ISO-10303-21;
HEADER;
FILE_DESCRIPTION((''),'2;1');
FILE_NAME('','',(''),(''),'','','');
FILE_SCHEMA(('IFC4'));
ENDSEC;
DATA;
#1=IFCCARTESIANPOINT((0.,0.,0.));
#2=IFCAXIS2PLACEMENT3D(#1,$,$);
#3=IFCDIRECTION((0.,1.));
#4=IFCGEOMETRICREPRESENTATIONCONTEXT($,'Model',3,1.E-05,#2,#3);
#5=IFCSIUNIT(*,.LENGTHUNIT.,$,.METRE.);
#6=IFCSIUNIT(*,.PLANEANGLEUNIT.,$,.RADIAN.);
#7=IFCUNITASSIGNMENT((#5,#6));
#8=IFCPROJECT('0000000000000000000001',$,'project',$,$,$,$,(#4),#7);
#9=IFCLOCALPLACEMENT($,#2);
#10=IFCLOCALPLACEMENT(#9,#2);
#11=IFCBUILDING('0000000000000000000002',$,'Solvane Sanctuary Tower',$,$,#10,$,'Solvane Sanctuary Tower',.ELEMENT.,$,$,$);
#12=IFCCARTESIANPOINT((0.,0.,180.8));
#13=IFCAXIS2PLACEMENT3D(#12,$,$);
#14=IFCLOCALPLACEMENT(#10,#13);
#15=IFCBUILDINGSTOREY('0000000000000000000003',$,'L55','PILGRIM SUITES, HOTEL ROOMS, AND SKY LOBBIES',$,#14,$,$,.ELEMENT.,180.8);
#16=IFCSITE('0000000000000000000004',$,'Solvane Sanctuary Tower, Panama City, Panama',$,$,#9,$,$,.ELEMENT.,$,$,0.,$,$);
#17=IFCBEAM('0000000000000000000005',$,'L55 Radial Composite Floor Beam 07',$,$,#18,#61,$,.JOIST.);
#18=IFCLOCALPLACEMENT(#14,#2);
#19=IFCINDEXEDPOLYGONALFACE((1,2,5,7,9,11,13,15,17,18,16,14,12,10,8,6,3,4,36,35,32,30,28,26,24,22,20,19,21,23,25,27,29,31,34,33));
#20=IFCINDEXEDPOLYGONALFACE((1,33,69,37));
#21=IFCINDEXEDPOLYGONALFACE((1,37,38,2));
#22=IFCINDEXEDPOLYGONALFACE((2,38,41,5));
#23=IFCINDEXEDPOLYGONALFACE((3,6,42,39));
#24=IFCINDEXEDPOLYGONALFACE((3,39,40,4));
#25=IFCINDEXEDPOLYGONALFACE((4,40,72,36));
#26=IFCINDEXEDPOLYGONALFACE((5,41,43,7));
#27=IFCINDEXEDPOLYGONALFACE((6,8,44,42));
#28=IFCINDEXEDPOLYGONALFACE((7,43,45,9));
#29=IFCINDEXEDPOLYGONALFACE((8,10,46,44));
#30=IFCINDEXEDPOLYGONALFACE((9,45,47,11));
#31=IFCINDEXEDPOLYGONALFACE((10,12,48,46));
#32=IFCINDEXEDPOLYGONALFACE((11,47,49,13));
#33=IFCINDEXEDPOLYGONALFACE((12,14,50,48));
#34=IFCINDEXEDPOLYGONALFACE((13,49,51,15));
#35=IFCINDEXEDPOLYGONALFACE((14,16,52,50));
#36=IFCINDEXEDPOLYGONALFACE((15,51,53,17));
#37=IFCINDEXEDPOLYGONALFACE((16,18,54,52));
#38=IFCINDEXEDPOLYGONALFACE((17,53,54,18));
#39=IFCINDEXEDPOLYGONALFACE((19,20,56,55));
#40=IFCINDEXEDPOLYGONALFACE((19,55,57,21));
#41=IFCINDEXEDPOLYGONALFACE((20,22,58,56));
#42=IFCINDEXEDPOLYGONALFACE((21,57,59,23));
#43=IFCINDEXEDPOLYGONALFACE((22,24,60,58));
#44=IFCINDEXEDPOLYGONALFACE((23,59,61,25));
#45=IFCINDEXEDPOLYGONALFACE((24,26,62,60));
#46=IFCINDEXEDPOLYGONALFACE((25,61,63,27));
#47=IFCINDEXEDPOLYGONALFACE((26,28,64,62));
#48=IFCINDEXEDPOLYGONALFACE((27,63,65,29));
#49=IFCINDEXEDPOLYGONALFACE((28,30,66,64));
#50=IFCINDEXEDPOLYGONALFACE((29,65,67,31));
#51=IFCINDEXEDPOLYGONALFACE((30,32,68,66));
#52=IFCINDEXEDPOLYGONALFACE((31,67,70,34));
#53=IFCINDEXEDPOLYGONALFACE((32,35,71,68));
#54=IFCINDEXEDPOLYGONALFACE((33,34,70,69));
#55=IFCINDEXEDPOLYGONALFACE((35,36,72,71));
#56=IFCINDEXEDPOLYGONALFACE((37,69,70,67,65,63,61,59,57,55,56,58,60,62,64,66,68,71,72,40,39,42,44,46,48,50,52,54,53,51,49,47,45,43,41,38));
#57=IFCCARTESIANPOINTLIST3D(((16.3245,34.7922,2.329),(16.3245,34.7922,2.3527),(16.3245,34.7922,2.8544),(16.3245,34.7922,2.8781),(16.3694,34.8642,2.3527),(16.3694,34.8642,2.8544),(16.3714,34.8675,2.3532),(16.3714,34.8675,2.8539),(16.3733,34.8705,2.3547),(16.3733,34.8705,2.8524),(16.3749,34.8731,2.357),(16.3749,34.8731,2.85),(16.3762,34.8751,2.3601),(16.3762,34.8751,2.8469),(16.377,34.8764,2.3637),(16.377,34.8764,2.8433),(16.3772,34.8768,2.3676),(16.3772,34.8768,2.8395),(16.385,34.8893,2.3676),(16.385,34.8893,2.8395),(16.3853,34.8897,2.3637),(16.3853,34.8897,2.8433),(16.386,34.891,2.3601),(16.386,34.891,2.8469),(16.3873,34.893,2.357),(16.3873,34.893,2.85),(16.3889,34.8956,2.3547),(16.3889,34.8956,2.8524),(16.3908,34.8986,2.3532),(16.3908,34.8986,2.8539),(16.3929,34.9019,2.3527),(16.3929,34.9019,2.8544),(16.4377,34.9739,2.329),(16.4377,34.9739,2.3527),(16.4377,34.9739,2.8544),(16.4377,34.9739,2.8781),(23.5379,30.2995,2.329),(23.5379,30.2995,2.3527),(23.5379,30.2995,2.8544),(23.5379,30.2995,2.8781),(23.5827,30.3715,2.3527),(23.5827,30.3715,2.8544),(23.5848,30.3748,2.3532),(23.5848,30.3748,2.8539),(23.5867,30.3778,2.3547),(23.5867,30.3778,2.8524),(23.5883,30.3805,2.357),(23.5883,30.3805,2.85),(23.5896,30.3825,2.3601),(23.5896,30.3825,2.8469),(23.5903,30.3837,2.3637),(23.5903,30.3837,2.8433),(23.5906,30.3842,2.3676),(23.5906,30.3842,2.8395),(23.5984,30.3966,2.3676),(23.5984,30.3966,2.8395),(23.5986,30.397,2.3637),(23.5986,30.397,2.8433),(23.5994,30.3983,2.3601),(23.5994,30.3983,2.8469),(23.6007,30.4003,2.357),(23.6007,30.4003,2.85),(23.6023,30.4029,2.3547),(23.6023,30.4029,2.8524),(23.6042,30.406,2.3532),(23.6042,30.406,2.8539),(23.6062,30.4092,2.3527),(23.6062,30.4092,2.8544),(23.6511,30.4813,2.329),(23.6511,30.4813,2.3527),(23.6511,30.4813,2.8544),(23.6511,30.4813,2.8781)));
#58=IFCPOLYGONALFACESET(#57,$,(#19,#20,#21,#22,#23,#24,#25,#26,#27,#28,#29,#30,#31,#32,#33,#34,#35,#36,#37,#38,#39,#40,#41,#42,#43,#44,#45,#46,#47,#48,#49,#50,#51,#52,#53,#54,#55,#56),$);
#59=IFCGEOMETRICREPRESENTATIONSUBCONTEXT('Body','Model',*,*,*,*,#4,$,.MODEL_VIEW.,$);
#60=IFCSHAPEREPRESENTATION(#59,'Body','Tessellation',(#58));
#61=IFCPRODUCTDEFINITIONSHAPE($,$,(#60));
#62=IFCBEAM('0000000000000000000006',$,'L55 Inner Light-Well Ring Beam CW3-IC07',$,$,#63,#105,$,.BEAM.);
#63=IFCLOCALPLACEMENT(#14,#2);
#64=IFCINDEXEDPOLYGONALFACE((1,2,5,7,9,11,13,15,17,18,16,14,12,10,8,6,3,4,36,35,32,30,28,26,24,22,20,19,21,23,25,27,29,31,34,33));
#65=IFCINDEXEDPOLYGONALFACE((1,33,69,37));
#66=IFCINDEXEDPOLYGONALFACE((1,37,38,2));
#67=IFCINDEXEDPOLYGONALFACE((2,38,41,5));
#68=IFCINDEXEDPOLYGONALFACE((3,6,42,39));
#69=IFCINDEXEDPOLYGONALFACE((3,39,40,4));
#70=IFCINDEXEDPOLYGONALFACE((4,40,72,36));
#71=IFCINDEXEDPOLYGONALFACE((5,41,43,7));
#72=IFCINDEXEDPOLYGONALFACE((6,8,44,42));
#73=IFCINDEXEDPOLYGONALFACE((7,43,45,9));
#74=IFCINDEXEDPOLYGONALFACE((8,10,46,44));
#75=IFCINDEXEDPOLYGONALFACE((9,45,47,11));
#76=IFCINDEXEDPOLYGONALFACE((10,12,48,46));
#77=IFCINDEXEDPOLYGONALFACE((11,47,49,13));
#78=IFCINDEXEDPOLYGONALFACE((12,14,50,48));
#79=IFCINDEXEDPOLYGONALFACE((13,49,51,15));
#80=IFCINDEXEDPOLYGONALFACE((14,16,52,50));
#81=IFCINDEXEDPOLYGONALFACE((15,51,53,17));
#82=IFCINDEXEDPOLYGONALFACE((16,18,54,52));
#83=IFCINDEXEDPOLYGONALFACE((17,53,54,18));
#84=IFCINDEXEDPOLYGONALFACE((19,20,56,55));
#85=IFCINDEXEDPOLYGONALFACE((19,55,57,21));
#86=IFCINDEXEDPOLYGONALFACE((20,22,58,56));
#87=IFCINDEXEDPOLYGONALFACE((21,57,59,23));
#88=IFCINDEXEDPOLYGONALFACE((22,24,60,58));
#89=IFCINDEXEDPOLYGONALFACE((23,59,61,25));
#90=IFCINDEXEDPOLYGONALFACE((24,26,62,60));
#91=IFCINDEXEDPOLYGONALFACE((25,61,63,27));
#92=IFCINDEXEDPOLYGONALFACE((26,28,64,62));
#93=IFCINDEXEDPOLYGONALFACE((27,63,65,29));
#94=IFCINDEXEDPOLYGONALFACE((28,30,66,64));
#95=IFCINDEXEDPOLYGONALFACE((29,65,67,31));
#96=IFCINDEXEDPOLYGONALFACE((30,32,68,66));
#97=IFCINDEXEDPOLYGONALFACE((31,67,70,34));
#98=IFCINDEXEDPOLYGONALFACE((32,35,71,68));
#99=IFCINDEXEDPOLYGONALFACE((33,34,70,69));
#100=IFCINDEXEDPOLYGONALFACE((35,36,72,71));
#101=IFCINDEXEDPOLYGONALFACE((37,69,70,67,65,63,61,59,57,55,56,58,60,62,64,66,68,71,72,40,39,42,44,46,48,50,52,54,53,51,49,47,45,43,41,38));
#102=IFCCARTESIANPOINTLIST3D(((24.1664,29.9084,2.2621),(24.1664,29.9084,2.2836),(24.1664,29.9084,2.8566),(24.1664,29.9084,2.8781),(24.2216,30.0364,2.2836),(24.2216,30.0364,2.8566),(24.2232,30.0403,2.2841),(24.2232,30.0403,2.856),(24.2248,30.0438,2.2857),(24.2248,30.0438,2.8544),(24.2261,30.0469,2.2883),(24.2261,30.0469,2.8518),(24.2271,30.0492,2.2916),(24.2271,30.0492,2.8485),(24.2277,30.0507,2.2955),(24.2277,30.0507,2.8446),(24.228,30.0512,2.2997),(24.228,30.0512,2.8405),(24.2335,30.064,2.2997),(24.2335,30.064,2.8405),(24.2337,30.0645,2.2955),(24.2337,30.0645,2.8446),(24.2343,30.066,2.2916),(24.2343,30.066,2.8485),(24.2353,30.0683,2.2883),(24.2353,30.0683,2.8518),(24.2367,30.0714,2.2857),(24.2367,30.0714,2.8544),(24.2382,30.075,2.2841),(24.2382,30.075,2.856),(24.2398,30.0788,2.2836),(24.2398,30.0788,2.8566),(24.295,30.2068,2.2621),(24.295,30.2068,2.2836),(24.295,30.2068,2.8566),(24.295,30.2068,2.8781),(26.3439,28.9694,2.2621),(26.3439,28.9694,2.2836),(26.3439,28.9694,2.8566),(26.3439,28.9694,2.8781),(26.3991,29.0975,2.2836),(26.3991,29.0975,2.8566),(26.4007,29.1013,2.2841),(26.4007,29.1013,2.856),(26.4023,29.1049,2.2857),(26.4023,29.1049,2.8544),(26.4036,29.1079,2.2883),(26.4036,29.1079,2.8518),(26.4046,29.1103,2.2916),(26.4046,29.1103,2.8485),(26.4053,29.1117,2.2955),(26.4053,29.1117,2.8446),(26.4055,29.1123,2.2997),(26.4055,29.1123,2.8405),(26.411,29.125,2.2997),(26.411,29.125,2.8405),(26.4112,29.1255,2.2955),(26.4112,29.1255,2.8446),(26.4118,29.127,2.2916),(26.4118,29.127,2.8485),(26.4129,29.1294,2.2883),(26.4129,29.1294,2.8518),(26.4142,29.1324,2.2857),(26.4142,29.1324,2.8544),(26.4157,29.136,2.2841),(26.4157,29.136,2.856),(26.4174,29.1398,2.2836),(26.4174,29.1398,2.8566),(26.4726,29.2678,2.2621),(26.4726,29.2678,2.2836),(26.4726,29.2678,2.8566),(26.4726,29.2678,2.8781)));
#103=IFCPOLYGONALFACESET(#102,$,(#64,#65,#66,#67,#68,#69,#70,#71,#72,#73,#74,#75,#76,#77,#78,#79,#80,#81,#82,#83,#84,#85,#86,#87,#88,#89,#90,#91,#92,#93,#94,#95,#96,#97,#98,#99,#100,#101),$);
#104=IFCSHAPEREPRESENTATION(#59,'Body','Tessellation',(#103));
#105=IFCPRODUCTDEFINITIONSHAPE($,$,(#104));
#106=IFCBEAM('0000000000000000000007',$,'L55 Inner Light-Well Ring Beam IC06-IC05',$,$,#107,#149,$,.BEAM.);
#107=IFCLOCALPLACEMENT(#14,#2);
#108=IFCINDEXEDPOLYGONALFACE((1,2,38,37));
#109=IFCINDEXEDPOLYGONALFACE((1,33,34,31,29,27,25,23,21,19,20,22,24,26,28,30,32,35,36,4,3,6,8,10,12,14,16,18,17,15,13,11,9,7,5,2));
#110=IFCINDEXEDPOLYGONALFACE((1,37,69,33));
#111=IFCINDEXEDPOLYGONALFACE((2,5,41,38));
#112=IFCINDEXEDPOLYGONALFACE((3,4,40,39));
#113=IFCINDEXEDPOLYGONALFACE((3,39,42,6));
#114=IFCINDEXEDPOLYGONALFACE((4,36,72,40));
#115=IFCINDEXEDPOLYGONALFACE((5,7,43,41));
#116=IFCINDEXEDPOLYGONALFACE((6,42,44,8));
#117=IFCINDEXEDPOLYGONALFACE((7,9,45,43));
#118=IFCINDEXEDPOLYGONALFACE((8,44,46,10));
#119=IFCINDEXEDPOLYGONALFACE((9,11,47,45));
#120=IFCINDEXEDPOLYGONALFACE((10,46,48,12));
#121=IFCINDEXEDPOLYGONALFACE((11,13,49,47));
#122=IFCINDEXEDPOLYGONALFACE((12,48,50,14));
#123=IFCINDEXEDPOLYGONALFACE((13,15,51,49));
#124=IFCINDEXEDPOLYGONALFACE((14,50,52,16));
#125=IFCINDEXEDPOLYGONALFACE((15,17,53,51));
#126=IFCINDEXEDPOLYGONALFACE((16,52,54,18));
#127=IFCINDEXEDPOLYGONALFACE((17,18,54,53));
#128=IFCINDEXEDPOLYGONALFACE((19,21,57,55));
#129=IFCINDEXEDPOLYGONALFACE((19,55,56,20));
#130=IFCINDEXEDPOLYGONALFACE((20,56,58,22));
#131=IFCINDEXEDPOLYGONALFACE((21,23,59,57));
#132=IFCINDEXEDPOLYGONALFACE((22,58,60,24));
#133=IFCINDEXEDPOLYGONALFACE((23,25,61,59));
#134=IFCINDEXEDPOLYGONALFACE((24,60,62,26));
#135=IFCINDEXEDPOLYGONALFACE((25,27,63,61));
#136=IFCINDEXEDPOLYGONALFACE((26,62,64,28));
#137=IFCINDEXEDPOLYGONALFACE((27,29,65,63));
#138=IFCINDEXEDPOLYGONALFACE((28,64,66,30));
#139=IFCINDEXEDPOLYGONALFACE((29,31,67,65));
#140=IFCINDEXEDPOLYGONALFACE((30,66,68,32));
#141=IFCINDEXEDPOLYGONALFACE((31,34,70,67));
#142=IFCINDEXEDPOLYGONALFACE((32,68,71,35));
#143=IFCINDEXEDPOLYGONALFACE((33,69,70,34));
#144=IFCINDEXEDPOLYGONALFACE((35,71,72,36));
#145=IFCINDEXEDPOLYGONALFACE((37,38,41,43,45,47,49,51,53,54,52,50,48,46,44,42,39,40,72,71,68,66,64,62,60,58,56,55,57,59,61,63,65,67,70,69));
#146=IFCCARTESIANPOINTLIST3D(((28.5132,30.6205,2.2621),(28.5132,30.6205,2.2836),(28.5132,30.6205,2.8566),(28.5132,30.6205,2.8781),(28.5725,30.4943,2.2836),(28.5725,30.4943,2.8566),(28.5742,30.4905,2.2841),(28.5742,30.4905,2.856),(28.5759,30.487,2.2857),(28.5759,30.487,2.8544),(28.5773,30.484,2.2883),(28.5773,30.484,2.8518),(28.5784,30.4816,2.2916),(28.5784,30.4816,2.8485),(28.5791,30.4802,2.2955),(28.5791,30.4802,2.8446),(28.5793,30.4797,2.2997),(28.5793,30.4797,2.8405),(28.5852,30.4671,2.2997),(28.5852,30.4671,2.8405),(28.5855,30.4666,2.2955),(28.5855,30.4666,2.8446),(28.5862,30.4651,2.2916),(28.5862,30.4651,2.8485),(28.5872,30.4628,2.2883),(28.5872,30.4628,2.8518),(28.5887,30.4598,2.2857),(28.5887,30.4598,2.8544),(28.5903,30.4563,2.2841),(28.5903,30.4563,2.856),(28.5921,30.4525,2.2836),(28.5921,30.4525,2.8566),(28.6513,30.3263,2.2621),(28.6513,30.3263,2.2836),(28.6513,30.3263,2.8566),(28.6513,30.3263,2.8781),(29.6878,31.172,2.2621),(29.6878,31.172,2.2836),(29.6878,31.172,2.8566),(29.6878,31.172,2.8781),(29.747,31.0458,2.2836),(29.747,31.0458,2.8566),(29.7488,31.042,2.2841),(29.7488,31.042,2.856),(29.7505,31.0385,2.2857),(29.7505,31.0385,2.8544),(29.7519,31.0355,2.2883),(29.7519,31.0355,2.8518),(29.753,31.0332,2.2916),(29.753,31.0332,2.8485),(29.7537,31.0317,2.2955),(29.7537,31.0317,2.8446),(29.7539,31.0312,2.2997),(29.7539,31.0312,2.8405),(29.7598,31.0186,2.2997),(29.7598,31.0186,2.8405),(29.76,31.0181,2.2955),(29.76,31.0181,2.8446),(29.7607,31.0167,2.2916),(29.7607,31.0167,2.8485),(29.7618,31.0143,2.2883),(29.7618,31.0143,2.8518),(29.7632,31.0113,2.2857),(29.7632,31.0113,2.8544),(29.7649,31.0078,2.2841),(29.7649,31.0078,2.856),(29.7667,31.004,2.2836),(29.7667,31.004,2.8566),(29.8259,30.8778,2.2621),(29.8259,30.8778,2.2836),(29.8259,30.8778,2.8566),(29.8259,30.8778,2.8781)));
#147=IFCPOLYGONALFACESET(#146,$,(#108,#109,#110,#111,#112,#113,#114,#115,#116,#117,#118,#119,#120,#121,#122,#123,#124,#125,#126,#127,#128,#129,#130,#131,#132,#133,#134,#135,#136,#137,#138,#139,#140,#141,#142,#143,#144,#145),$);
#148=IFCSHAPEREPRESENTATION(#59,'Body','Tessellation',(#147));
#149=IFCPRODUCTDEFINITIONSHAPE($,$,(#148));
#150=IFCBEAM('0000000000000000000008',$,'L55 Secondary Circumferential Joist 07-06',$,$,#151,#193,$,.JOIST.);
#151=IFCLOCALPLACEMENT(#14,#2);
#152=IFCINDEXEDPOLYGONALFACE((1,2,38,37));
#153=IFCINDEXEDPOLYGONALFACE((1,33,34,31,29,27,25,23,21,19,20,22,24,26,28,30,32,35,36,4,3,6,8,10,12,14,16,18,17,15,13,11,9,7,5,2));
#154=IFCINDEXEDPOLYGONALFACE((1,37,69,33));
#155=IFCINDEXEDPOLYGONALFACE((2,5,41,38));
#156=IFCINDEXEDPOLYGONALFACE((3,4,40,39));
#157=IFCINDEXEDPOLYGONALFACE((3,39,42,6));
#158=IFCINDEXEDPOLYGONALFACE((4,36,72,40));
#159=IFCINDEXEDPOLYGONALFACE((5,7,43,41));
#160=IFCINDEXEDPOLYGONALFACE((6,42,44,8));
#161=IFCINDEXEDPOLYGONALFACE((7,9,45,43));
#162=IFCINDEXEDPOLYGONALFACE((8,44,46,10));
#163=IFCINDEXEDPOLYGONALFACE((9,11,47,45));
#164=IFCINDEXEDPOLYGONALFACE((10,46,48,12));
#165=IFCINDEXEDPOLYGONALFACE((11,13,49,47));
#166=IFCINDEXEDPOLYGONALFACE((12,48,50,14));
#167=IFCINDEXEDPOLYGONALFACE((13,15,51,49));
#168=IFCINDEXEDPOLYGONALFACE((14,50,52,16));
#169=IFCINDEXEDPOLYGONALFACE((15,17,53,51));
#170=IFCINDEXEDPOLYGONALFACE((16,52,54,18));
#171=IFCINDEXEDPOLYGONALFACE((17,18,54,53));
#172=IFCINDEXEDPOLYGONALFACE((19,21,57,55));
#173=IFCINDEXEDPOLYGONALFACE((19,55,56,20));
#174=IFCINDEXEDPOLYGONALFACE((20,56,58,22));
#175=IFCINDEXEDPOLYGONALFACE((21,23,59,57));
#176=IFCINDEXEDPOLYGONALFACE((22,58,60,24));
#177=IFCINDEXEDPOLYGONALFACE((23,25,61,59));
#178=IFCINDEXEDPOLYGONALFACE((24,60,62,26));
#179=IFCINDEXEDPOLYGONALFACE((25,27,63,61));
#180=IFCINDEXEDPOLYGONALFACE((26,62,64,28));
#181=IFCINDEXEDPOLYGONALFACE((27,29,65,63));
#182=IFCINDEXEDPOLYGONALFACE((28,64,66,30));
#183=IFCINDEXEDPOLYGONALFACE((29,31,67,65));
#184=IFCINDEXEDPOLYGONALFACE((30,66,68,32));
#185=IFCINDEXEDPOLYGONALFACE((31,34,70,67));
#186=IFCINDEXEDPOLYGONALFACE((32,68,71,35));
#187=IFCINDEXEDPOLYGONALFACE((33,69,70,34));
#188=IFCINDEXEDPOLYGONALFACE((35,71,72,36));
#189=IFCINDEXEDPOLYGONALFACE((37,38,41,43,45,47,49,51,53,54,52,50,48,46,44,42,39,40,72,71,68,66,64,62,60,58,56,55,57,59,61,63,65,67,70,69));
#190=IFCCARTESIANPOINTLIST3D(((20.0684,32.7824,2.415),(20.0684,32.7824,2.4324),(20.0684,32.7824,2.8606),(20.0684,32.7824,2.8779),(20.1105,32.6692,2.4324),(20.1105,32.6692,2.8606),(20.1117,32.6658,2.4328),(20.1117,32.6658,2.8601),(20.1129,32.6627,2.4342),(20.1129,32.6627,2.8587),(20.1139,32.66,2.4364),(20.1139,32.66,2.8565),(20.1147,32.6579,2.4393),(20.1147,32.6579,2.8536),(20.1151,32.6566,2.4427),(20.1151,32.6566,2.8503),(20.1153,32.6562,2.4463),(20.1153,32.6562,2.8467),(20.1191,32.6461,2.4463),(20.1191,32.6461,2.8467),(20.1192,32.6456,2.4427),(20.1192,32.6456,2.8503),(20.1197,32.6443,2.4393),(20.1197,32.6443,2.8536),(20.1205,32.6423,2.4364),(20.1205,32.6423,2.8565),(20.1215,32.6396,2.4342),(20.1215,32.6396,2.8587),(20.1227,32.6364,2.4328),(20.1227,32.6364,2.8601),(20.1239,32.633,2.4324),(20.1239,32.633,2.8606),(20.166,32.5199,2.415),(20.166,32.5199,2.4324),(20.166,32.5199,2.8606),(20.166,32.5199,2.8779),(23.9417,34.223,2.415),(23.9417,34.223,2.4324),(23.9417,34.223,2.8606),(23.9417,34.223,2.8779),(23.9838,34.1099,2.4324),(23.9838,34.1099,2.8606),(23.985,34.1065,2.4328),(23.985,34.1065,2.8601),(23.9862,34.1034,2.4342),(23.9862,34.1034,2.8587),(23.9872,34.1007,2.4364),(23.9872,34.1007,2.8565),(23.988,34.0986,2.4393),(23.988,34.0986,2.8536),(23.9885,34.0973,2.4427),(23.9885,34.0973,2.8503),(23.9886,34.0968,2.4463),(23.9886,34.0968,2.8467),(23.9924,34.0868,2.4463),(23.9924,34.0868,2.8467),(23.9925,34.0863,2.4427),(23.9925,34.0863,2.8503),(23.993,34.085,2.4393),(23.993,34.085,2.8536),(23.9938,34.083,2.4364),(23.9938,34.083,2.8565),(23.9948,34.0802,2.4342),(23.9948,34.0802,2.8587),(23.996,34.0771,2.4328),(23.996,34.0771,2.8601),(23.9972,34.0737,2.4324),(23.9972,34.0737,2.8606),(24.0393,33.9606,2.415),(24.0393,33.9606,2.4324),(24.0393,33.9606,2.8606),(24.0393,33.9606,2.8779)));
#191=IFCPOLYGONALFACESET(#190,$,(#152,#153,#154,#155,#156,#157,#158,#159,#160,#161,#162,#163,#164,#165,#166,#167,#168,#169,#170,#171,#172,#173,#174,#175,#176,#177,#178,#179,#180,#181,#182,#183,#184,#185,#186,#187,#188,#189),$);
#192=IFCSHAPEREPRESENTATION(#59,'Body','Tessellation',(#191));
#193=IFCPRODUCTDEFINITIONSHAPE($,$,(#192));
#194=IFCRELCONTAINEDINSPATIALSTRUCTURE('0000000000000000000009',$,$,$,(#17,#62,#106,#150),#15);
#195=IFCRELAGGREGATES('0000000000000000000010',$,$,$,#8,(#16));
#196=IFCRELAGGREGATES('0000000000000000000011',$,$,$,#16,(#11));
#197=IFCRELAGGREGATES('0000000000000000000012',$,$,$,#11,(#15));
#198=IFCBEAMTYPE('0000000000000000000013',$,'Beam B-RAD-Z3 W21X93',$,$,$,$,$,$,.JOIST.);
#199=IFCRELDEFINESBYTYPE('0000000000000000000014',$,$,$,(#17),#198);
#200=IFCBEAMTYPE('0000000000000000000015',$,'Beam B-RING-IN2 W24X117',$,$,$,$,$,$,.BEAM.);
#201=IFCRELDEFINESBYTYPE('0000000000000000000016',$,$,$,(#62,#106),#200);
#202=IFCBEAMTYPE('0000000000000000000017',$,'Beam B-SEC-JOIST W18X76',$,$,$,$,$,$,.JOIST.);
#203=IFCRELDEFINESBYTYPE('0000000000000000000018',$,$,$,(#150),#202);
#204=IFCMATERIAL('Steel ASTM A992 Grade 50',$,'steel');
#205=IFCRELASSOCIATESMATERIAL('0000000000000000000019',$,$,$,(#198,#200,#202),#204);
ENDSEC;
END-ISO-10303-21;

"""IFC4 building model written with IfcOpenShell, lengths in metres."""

from ifc_helpers import new_model, si_unit, direction, frame, origin, origin_2d, place, context, subcontext, project, spatial, i_section, extrude, material, material_profile, profile_set, type_object, element, save


model = new_model("IFC4")

# Units and contexts
model_context = context("Model", 3, precision=1e-05, world=origin(), true_north=direction((0.0, 1.0)))
body_context = subcontext(model_context, "Body", "Model", "MODEL_VIEW")
ifc_project = project(units=[si_unit("LENGTHUNIT", "METRE"), si_unit("PLANEANGLEUNIT", "RADIAN")], contexts=[model_context])

# Site, building, storey
site_placement = place(None, origin())
site = spatial("IfcSite", under=ifc_project, at=site_placement, Name="Solvane Sanctuary Tower, Panama City, Panama", CompositionType="ELEMENT", RefElevation=0.0)
building_placement = place(site_placement, origin())
building = spatial("IfcBuilding", under=site, at=building_placement, Name="Solvane Sanctuary Tower", LongName="Solvane Sanctuary Tower", CompositionType="ELEMENT")
storey_placement = place(building_placement, frame((0.0, 0.0, 180.8)))
storey = spatial("IfcBuildingStorey", under=building, at=storey_placement, Name="L55", Description="PILGRIM SUITES, HOTEL ROOMS, AND SKY LOBBIES", CompositionType="ELEMENT", Elevation=180.8)

# Beams
ifc_material_1 = material(Name="Steel ASTM A992 Grade 50", Category="steel")
ifc_material_profile_1 = material_profile(ifc_material_1, i_section(OverallWidth=0.2141, OverallDepth=0.5491, WebThickness=0.0146, FlangeThickness=0.0237, FilletRadius=0.0149, at=origin_2d()), Name="W21X93")
ifc_profile_set_1 = profile_set([ifc_material_profile_1], Name="Steel ASTM A992 Grade 50")
beam_type_1 = type_object("IfcBeamType", Name="Beam B-RAD-Z3 W21X93", PredefinedType="JOIST", material=ifc_profile_set_1)
beam_1_placement = place(storey_placement, frame((23.5945, 30.3904, 2.6035), z_axis=(-0.848827, 0.528671, 0.0), x_axis=(-0.528671, -0.848827, 0.0)))
element("IfcBeam", 1, at=beam_1_placement, inside=storey, type_object=beam_type_1, Name="L55 Radial Composite Floor Beam 07", PredefinedType="JOIST", context=body_context, shape_type="SweptSolid", body=[
    extrude(i_section(OverallWidth=0.2141, OverallDepth=0.5491, WebThickness=0.0146, FlangeThickness=0.0237, FilletRadius=0.0149, at=origin_2d()), origin(), (0.0, 0.0, 1.0), 8.498),
])
ifc_material_profile_2 = material_profile(ifc_material_1, i_section(OverallWidth=0.325, OverallDepth=0.616, WebThickness=0.0139, FlangeThickness=0.0215, FilletRadius=0.0161, at=origin_2d()), Name="W24X117")
ifc_profile_set_2 = profile_set([ifc_material_profile_2], Name="Steel ASTM A992 Grade 50")
beam_type_2 = type_object("IfcBeamType", Name="Beam B-RING-IN2 W24X117", PredefinedType="BEAM", material=ifc_profile_set_2)
beam_2_placement = place(storey_placement, frame((24.2307, 30.0576, 2.5701), z_axis=(0.918264, -0.395969, 0.0), x_axis=(0.395969, 0.918264, 0.0)))
element("IfcBeam", 2, at=beam_2_placement, inside=storey, type_object=beam_type_2, Name="L55 Inner Light-Well Ring Beam CW3-IC07", PredefinedType="BEAM", context=body_context, shape_type="SweptSolid", body=[
    extrude(i_section(OverallWidth=0.325, OverallDepth=0.616, WebThickness=0.0139, FlangeThickness=0.0215, FilletRadius=0.0161, at=origin_2d()), origin(), (0.0, 0.0, 1.0), 2.3713),
])
beam_3_placement = place(storey_placement, frame((28.5823, 30.4734, 2.5701), z_axis=(0.905181, 0.425027, 0.0), x_axis=(-0.425027, 0.905181, 0.0)))
element("IfcBeam", 3, at=beam_3_placement, inside=storey, type_object=beam_type_2, Name="L55 Inner Light-Well Ring Beam IC06-IC05", PredefinedType="BEAM", context=body_context, shape_type="SweptSolid", body=[
    extrude(i_section(OverallWidth=0.325, OverallDepth=0.616, WebThickness=0.0139, FlangeThickness=0.0215, FilletRadius=0.0161, at=origin_2d()), origin(), (0.0, 0.0, 1.0), 1.2976),
])
ifc_material_profile_3 = material_profile(ifc_material_1, i_section(OverallWidth=0.28, OverallDepth=0.4629, WebThickness=0.0107, FlangeThickness=0.0173, FilletRadius=0.0139, at=origin_2d()), Name="W18X76")
ifc_profile_set_3 = profile_set([ifc_material_profile_3], Name="Steel ASTM A992 Grade 50")
beam_type_3 = type_object("IfcBeamType", Name="Beam B-SEC-JOIST W18X76", PredefinedType="JOIST", material=ifc_profile_set_3)
beam_4_placement = place(storey_placement, frame((20.1172, 32.6511, 2.6465), z_axis=(0.937265, 0.348617, 0.0), x_axis=(-0.348617, 0.937265, 0.0)))
element("IfcBeam", 4, at=beam_4_placement, inside=storey, type_object=beam_type_3, Name="L55 Secondary Circumferential Joist 07-06", PredefinedType="JOIST", context=body_context, shape_type="SweptSolid", body=[
    extrude(i_section(OverallWidth=0.28, OverallDepth=0.4629, WebThickness=0.0107, FlangeThickness=0.0173, FilletRadius=0.0139, at=origin_2d()), origin(), (0.0, 0.0, 1.0), 4.1326),
])

save(model, "model.ifc")
